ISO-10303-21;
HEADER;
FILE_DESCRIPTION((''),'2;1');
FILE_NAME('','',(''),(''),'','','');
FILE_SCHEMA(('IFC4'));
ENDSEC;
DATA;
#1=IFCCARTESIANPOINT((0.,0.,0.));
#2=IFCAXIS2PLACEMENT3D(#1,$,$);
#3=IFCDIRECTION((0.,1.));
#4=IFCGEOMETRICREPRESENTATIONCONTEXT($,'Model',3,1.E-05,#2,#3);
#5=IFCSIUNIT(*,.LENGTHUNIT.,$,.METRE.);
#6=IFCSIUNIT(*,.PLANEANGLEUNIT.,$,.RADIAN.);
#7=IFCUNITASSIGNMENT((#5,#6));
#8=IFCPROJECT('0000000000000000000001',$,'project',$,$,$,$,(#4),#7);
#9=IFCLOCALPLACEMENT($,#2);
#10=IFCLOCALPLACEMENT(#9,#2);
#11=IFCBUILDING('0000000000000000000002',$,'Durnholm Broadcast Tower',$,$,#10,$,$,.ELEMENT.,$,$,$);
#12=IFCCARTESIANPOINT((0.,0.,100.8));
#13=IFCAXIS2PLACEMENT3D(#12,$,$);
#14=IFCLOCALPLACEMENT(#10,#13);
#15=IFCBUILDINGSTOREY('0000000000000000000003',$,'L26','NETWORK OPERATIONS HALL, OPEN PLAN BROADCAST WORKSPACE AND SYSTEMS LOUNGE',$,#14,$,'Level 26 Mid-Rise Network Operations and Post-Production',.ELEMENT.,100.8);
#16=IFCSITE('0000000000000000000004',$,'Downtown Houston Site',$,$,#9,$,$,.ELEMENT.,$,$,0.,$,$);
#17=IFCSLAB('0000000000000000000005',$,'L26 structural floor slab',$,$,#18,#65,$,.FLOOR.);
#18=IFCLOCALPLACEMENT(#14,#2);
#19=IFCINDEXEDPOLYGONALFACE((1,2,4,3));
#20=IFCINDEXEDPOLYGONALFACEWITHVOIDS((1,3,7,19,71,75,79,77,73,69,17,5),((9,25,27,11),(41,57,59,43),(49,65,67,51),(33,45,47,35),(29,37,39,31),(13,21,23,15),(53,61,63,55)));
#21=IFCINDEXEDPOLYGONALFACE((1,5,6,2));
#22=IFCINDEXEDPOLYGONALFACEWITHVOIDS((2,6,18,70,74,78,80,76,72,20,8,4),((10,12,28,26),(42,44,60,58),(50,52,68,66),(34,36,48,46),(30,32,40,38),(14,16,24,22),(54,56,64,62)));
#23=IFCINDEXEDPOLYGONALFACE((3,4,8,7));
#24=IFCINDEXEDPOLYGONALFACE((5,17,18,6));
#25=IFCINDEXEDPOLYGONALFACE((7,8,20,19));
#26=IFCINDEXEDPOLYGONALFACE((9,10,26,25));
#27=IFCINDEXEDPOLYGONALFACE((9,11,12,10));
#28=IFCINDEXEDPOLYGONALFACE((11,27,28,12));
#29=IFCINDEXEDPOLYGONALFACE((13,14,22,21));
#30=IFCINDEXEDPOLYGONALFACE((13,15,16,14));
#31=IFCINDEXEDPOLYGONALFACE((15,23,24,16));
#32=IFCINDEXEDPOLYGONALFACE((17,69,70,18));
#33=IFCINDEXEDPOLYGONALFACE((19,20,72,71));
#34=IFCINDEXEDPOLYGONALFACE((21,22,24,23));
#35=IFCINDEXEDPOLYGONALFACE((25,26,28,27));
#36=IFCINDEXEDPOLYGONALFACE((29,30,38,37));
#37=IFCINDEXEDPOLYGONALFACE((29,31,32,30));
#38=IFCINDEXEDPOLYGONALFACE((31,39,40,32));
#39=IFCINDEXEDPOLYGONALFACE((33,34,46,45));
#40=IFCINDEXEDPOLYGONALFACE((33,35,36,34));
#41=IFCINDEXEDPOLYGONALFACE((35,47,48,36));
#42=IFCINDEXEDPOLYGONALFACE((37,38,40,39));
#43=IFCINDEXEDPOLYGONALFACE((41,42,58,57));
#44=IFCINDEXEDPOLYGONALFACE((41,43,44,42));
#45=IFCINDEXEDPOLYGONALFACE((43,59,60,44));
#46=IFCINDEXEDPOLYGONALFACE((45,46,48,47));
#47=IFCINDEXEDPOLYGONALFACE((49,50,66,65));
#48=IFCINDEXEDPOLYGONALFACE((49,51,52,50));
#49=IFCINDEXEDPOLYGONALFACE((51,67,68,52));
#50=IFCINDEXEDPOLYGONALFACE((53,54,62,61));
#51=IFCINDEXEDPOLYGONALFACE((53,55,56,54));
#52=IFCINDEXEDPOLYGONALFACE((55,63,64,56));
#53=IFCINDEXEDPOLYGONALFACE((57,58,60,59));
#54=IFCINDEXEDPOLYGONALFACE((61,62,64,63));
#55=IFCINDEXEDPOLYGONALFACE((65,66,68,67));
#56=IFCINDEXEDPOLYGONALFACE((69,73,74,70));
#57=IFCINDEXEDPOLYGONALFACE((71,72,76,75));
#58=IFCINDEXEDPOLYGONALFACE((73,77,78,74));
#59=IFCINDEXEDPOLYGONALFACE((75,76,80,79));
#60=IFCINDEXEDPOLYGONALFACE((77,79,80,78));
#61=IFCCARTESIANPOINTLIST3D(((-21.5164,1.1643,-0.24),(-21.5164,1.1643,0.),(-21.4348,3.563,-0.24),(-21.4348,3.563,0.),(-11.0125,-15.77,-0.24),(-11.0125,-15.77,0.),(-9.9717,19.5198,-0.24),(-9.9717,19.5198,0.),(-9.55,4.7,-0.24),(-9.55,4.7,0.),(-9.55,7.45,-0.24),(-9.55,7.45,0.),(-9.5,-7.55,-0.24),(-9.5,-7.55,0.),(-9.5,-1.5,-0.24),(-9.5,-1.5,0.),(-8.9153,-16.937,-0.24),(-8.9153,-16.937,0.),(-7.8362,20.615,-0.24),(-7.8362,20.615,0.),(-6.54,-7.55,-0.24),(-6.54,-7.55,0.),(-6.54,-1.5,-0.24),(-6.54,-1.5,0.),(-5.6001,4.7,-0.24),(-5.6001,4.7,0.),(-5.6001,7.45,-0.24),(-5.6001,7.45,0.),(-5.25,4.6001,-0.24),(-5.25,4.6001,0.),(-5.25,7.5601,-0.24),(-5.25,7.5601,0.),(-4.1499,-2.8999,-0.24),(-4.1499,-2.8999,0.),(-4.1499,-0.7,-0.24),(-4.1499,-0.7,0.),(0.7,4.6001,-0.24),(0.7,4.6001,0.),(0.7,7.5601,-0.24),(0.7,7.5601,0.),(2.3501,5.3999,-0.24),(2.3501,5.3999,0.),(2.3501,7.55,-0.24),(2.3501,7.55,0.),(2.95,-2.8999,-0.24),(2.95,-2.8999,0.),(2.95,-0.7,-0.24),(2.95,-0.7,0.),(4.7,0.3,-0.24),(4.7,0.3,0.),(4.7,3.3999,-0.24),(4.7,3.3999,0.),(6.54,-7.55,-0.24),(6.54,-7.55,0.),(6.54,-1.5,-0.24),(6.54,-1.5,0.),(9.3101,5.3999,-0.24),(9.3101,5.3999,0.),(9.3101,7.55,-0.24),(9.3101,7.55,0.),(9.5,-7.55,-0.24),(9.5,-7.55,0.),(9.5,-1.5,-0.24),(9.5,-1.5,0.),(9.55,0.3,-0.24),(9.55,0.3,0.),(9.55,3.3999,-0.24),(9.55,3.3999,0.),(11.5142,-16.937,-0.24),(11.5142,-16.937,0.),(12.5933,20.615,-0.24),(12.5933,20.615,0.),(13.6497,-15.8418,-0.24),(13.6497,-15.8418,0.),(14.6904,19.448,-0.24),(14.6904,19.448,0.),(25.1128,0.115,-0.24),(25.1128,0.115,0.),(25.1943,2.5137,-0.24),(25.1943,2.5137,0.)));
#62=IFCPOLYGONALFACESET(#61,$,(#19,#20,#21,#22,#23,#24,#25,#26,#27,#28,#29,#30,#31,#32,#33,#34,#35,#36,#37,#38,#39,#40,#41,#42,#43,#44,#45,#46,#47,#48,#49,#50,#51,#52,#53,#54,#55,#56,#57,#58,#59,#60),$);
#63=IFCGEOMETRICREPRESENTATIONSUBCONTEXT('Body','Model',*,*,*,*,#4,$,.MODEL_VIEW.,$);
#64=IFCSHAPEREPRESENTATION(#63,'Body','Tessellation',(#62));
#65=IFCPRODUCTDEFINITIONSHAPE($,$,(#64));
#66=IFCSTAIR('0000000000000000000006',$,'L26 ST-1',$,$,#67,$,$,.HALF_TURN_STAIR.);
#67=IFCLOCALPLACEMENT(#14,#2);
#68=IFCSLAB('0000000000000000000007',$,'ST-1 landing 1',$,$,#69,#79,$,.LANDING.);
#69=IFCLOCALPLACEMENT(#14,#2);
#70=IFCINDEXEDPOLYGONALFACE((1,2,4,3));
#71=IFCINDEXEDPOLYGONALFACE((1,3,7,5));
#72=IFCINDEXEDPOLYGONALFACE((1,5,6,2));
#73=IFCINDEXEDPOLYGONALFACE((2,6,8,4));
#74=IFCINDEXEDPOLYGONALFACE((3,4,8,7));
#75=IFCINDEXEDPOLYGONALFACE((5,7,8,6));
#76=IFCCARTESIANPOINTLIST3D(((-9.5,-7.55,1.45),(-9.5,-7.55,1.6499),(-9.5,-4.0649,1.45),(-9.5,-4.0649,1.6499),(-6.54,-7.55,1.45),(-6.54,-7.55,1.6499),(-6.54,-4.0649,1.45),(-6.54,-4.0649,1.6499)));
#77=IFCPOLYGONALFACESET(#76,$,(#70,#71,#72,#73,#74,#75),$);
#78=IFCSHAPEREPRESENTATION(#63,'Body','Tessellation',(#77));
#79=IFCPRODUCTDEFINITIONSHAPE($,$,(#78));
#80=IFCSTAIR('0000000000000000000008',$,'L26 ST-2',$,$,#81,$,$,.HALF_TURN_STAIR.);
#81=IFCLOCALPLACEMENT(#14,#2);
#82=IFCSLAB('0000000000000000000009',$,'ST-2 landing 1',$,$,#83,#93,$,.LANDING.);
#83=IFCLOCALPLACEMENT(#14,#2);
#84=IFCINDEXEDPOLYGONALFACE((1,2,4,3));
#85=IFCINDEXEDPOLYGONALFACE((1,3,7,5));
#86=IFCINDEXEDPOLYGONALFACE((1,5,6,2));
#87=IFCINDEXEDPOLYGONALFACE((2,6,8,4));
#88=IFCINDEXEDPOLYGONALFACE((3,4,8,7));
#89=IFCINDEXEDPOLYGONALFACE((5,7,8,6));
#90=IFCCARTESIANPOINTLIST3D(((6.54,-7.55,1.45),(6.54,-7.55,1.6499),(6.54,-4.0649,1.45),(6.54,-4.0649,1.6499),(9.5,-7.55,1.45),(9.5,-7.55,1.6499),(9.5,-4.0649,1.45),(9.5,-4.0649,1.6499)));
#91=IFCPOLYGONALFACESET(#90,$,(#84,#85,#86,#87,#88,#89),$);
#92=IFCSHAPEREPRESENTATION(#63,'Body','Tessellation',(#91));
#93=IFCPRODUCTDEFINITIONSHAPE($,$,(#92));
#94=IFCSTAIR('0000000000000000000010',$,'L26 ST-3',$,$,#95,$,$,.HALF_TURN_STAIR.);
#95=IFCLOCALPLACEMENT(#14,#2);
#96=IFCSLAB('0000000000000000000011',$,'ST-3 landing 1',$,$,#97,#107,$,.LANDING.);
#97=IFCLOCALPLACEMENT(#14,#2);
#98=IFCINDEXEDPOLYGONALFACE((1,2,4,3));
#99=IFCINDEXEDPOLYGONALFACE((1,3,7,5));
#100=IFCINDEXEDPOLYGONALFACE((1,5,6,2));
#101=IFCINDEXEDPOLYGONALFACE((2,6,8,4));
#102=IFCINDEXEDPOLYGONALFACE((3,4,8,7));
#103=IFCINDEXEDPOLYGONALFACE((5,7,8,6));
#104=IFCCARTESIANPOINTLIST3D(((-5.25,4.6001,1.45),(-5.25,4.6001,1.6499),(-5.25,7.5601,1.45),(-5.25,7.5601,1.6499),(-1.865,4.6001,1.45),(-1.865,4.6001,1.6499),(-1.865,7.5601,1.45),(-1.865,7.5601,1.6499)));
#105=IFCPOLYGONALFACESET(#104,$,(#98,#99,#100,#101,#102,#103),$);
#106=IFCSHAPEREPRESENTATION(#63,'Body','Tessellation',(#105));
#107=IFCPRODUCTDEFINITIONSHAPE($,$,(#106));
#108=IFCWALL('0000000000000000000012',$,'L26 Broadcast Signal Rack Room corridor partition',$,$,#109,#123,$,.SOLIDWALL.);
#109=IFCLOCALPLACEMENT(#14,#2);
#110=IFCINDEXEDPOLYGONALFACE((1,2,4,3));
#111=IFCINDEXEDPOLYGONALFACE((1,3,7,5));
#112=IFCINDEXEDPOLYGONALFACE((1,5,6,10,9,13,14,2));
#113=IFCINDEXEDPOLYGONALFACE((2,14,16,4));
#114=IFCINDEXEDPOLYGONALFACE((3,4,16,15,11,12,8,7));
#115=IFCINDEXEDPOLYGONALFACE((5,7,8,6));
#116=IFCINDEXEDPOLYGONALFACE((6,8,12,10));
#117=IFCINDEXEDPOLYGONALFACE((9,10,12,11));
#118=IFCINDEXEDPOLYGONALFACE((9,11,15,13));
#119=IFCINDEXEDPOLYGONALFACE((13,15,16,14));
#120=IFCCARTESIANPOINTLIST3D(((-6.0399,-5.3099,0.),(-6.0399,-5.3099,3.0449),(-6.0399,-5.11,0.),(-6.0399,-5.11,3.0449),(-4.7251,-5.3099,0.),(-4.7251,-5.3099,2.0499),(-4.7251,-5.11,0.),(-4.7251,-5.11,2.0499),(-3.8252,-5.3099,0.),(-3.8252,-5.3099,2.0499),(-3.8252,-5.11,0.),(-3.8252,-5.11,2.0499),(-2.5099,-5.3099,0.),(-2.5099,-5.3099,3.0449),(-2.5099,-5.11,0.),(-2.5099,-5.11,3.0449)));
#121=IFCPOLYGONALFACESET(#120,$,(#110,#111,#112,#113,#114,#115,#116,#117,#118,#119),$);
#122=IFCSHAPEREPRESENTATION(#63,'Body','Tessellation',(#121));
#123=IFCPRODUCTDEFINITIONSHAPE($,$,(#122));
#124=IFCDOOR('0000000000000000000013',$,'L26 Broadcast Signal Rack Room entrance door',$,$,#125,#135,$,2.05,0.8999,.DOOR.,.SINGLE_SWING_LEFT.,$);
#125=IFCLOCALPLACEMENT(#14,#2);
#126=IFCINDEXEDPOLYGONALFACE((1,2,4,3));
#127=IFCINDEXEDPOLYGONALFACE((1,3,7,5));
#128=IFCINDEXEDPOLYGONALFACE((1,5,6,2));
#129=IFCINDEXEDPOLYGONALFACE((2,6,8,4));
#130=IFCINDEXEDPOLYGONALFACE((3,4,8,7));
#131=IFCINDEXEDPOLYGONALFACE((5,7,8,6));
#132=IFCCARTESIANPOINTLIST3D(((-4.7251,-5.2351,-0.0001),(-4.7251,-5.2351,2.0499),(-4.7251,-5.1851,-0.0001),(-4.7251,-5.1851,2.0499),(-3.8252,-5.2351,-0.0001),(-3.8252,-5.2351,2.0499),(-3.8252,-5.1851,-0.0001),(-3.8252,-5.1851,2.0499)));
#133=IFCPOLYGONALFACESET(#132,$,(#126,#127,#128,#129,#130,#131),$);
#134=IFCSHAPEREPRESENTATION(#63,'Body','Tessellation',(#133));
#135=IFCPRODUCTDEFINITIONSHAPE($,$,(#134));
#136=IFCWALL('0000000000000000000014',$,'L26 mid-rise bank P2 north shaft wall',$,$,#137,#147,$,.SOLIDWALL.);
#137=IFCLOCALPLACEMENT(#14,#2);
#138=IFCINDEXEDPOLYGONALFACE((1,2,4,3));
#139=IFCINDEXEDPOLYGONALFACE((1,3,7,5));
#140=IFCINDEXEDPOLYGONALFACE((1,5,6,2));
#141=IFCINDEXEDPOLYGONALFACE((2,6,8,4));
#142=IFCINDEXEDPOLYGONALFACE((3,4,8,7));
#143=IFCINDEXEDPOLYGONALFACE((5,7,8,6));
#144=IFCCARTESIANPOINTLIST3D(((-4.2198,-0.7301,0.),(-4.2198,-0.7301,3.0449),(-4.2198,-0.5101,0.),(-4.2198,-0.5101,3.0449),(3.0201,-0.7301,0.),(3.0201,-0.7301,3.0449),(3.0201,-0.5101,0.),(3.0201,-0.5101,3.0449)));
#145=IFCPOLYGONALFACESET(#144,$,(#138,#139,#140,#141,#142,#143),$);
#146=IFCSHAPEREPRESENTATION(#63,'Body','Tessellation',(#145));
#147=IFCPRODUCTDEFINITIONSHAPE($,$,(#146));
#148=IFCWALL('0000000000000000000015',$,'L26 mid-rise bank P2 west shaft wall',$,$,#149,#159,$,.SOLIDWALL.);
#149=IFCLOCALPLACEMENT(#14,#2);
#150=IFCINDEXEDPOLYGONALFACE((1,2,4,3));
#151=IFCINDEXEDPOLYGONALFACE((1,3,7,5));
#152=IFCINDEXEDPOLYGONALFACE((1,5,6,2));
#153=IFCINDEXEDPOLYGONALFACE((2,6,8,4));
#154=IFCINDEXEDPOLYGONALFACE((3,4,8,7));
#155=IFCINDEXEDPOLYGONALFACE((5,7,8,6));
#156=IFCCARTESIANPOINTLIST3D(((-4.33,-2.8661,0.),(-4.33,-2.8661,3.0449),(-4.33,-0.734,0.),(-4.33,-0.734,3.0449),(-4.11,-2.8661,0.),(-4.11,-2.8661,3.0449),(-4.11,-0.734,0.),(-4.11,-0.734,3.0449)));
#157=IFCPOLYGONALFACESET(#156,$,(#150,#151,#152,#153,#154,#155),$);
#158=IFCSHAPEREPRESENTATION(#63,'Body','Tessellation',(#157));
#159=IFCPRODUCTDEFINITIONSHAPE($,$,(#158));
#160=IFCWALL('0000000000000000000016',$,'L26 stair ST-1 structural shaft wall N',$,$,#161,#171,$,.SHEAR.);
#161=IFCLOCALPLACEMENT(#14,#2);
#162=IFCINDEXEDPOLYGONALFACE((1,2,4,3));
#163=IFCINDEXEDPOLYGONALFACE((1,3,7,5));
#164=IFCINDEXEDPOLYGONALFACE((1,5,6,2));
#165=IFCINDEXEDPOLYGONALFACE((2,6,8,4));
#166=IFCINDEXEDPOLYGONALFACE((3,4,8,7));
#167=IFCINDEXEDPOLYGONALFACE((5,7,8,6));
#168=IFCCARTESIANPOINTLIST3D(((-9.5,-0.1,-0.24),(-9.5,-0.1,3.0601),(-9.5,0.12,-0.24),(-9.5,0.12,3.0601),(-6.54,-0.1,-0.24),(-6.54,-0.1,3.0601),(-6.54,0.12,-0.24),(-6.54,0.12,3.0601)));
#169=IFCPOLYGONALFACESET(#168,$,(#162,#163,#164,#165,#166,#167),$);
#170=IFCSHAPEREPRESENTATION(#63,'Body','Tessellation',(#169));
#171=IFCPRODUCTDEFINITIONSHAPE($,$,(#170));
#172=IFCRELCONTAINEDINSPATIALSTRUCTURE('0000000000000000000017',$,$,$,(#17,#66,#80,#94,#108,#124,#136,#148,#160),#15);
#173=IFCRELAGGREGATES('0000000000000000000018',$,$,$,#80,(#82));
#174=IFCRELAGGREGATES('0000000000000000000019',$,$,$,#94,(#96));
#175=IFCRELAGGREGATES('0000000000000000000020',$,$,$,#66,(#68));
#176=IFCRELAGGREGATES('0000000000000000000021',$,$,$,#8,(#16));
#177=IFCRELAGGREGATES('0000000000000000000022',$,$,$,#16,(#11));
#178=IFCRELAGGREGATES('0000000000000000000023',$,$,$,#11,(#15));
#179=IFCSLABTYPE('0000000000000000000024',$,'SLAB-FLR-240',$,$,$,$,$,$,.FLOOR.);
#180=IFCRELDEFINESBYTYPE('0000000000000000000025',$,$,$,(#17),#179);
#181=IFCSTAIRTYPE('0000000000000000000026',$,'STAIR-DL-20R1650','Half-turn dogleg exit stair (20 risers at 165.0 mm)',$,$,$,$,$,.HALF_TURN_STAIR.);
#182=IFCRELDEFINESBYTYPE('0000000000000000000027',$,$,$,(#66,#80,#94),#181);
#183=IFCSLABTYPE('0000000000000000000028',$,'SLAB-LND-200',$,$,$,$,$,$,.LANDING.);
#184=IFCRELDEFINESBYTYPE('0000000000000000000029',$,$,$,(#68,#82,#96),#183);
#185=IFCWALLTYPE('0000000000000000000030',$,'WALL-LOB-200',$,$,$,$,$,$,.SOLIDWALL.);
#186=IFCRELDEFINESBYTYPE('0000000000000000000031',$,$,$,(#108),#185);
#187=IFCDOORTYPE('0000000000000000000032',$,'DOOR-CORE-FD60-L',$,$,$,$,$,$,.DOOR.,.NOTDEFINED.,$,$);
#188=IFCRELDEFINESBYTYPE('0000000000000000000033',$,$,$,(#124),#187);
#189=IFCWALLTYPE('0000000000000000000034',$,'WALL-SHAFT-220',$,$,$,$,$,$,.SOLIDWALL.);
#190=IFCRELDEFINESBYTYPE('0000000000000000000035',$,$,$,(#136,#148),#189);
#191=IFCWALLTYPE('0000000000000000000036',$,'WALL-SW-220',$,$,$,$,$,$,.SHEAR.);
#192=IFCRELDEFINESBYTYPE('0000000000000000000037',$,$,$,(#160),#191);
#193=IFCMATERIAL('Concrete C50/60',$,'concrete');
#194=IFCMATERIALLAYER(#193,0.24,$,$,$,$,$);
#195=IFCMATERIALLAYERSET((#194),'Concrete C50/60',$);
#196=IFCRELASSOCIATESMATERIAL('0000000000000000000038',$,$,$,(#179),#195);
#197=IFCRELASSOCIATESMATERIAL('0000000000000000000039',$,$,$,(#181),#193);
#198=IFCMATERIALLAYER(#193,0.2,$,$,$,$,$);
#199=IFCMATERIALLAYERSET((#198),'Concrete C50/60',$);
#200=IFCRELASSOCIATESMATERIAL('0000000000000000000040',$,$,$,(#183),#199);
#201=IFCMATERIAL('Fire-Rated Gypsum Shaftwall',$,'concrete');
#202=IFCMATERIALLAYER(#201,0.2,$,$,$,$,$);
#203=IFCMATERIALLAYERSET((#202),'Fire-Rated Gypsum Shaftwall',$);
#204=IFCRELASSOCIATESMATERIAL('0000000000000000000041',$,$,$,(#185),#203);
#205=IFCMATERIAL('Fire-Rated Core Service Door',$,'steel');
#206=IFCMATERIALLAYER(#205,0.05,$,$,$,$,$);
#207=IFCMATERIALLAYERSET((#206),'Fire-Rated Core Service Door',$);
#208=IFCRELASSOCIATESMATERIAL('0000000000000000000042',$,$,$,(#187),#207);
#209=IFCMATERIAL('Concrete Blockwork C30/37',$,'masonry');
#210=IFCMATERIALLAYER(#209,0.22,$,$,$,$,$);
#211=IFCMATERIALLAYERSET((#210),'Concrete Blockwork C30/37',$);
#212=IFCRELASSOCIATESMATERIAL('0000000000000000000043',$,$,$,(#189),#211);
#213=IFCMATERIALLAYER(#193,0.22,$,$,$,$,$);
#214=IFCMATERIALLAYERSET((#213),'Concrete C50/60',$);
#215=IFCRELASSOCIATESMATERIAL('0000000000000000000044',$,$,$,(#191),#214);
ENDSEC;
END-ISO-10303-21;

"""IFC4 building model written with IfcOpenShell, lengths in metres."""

from ifc_helpers import new_model, si_unit, direction, frame, frame_2d, origin, place, context, subcontext, project, spatial, polyline, rectangle, outline, extrude, source, transform, mapped, material, layer, layer_set, type_object, type_shapes, element, fill, aggregate, save


model = new_model("IFC4")

# Units and contexts
model_context = context("Model", 3, precision=1e-05, world=origin(), true_north=direction((0.0, 1.0)))
body_context = subcontext(model_context, "Body", "Model", "MODEL_VIEW")
ifc_project = project(units=[si_unit("LENGTHUNIT", "METRE"), si_unit("PLANEANGLEUNIT", "RADIAN")], contexts=[model_context])

# Site, building, storey
site_placement = place(None, origin())
site = spatial("IfcSite", under=ifc_project, at=site_placement, Name="Downtown Houston Site", CompositionType="ELEMENT", RefElevation=0.0)
building_placement = place(site_placement, origin())
building = spatial("IfcBuilding", under=site, at=building_placement, Name="Durnholm Broadcast Tower", CompositionType="ELEMENT")
storey_placement = place(building_placement, frame((0.0, 0.0, 100.8)))
storey = spatial("IfcBuildingStorey", under=building, at=storey_placement, Name="L26", Description="NETWORK OPERATIONS HALL, OPEN PLAN BROADCAST WORKSPACE AND SYSTEMS LOUNGE", LongName="Level 26 Mid-Rise Network Operations and Post-Production", CompositionType="ELEMENT", Elevation=100.8)

# Slab
ifc_material_1 = material(Name="Concrete C50/60", Category="concrete")
ifc_layer_1 = layer(ifc_material_1, 0.24)
ifc_layer_set_1 = layer_set([ifc_layer_1], Name="Concrete C50/60")
slab_type_1 = type_object("IfcSlabType", Name="SLAB-FLR-240", PredefinedType="FLOOR", material=ifc_layer_set_1)
slab_1_placement = place(storey_placement, frame((0.0, 0.0, -0.24)))
element("IfcSlab", 1, at=slab_1_placement, inside=storey, type_object=slab_type_1, Name="L26 structural floor slab", PredefinedType="FLOOR", context=body_context, shape_type="SweptSolid", body=[
    extrude(outline(polyline([(-11.0125, -15.77), (-8.9153, -16.937), (11.5142, -16.937), (13.6497, -15.8418), (25.1128, 0.115), (25.1943, 2.5137), (14.6904, 19.448), (12.5933, 20.615), (-7.8362, 20.615), (-9.9717, 19.5198), (-21.4348, 3.563), (-21.5164, 1.1643), (-11.0125, -15.77)]), holes=[polyline([(-6.54, -1.5), (-9.5, -1.5), (-9.5, -7.55), (-6.54, -7.55), (-6.54, -1.5)]), polyline([(9.5, -7.55), (9.5, -1.5), (6.54, -1.5), (6.54, -7.55), (9.5, -7.55)]), polyline([(2.95, -0.7), (-4.1499, -0.7), (-4.1499, -2.8999), (2.95, -2.8999), (2.95, -0.7)]), polyline([(9.55, 3.3999), (4.7, 3.3999), (4.7, 0.3), (9.55, 0.3), (9.55, 3.3999)]), polyline([(-5.6001, 7.45), (-9.55, 7.45), (-9.55, 4.7), (-5.6001, 4.7), (-5.6001, 7.45)]), polyline([(-5.25, 4.6001), (0.7, 4.6001), (0.7, 7.5601), (-5.25, 7.5601), (-5.25, 4.6001)]), polyline([(9.3101, 7.55), (2.3501, 7.55), (2.3501, 5.3999), (9.3101, 5.3999), (9.3101, 7.55)])]), origin(), (0.0, 0.0, 1.0), 0.24),
])

# Stairs, slabs
stair_type = type_object("IfcStairType", Name="STAIR-DL-20R1650", Description="Half-turn dogleg exit stair (20 risers at 165.0 mm)", PredefinedType="HALF_TURN_STAIR", material=ifc_material_1)
stair_1_placement = place(storey_placement, origin())
stair_1 = element("IfcStair", 2, at=stair_1_placement, inside=storey, type_object=stair_type, Name="L26 ST-1", PredefinedType="HALF_TURN_STAIR")
ifc_layer_2 = layer(ifc_material_1, 0.2)
ifc_layer_set_2 = layer_set([ifc_layer_2], Name="Concrete C50/60")
slab_type_2 = type_object("IfcSlabType", Name="SLAB-LND-200", PredefinedType="LANDING", material=ifc_layer_set_2)
slab_2_placement = place(storey_placement, frame((0.0, 0.0, 1.45)))
slab_2 = element("IfcSlab", 3, at=slab_2_placement, type_object=slab_type_2, Name="ST-1 landing 1", PredefinedType="LANDING", context=body_context, shape_type="SweptSolid", body=[
    extrude(outline(polyline([(-9.5, -4.0649), (-9.5, -7.55), (-6.54, -7.55), (-6.54, -4.0649), (-9.5, -4.0649)])), origin(), (0.0, 0.0, 1.0), 0.2),
])
stair_2_placement = place(storey_placement, origin())
stair_2 = element("IfcStair", 4, at=stair_2_placement, inside=storey, type_object=stair_type, Name="L26 ST-2", PredefinedType="HALF_TURN_STAIR")
slab_3_placement = place(storey_placement, frame((0.0, 0.0, 1.45)))
slab_3 = element("IfcSlab", 5, at=slab_3_placement, type_object=slab_type_2, Name="ST-2 landing 1", PredefinedType="LANDING", context=body_context, shape_type="SweptSolid", body=[
    extrude(outline(polyline([(6.54, -4.0649), (6.54, -7.55), (9.5, -7.55), (9.5, -4.0649), (6.54, -4.0649)])), origin(), (0.0, 0.0, 1.0), 0.2),
])
aggregate(stair_2, [slab_3])
stair_3_placement = place(storey_placement, origin())
stair_3 = element("IfcStair", 6, at=stair_3_placement, inside=storey, type_object=stair_type, Name="L26 ST-3", PredefinedType="HALF_TURN_STAIR")
slab_4_placement = place(storey_placement, frame((0.0, 0.0, 1.45)))
slab_4 = element("IfcSlab", 7, at=slab_4_placement, type_object=slab_type_2, Name="ST-3 landing 1", PredefinedType="LANDING", context=body_context, shape_type="SweptSolid", body=[
    extrude(outline(polyline([(-1.865, 7.5601), (-5.25, 7.5601), (-5.25, 4.6001), (-1.865, 4.6001), (-1.865, 7.5601)])), origin(), (0.0, 0.0, 1.0), 0.2),
])
aggregate(stair_3, [slab_4])

# Wall, opening, door
ifc_material_2 = material(Name="Fire-Rated Gypsum Shaftwall", Category="concrete")
ifc_layer_3 = layer(ifc_material_2, 0.2)
ifc_layer_set_3 = layer_set([ifc_layer_3], Name="Fire-Rated Gypsum Shaftwall")
wall_type_1 = type_object("IfcWallType", Name="WALL-LOB-200", PredefinedType="SOLIDWALL", material=ifc_layer_set_3)
wall_1_placement = place(storey_placement, frame((-6.04, -5.21, 0.0), z_axis=(0.0, 0.0, 1.0), x_axis=(1.0, 0.0, 0.0)))
wall_1 = element("IfcWall", 8, at=wall_1_placement, inside=storey, type_object=wall_type_1, Name="L26 Broadcast Signal Rack Room corridor partition", PredefinedType="SOLIDWALL", context=body_context, shape_type="SweptSolid", body=[
    extrude(rectangle(XDim=3.53, YDim=0.2, at=frame_2d((1.7651, 0.0))), origin(), (0.0, 0.0, 1.0), 3.0449),
])
opening_1_placement = place(wall_1_placement, frame((1.3149, 0.0, 0.0)))
opening_1 = element("IfcOpeningElement", 9, at=opening_1_placement, cuts=wall_1, PredefinedType="OPENING", context=body_context, shape_type="SweptSolid", body=[
    extrude(rectangle(XDim=0.8999, YDim=2.05, at=frame_2d((0.45, 1.0249))), frame((0.0, 0.1099, 0.0), z_axis=(0.0, -1.0, 0.0), x_axis=(1.0, 0.0, 0.0)), (0.0, 0.0, 1.0), 0.22),
])
ifc_material_3 = material(Name="Fire-Rated Core Service Door", Category="steel")
ifc_layer_4 = layer(ifc_material_3, 0.05)
ifc_layer_set_4 = layer_set([ifc_layer_4], Name="Fire-Rated Core Service Door")
door_type_1 = type_object("IfcDoorType", Name="DOOR-CORE-FD60-L", OperationType="NOTDEFINED", PredefinedType="DOOR", material=ifc_layer_set_4)
shared_shape_1 = source(origin(), body_context, "Body", "SweptSolid", [
    extrude(rectangle(XDim=0.8999, YDim=2.05, at=frame_2d((0.45, 1.0249))), frame((0.0, 0.0249, 0.0), z_axis=(0.0, -1.0, 0.0), x_axis=(1.0, 0.0, 0.0)), (0.0, 0.0, 1.0), 0.05),
])
type_shapes(door_type_1, [shared_shape_1])
door_1_placement = place(opening_1_placement, origin())
door_1 = element("IfcDoor", 10, at=door_1_placement, inside=storey, type_object=door_type_1, Name="L26 Broadcast Signal Rack Room entrance door", OperationType="SINGLE_SWING_LEFT", OverallHeight=2.05, OverallWidth=0.8999, PredefinedType="DOOR", context=body_context, shape_type="MappedRepresentation", body=[
    mapped(shared_shape_1, transform((0.0, 0.0, 0.0), x_axis=(1.0, 0.0, 0.0), y_axis=(0.0, 1.0, 0.0), z_axis=(0.0, 0.0, 1.0), scale=1.0)),
])
fill(opening_1, door_1)

# Shared definitions
ifc_material_4 = material(Name="Concrete Blockwork C30/37", Category="masonry")
ifc_layer_5 = layer(ifc_material_4, 0.22)
ifc_layer_set_5 = layer_set([ifc_layer_5], Name="Concrete Blockwork C30/37")
wall_type_2 = type_object("IfcWallType", Name="WALL-SHAFT-220", PredefinedType="SOLIDWALL", material=ifc_layer_set_5)

# Walls
wall_2_placement = place(storey_placement, frame((-4.22, -0.6201, 0.0), z_axis=(0.0, 0.0, 1.0), x_axis=(1.0, 0.0, 0.0)))
element("IfcWall", 11, at=wall_2_placement, inside=storey, type_object=wall_type_2, Name="L26 mid-rise bank P2 north shaft wall", PredefinedType="SOLIDWALL", context=body_context, shape_type="SweptSolid", body=[
    extrude(rectangle(XDim=7.24, YDim=0.22, at=frame_2d((3.6201, 0.0))), origin(), (0.0, 0.0, 1.0), 3.0449),
])
wall_3_placement = place(storey_placement, frame((-4.22, -2.866, 0.0), z_axis=(0.0, 0.0, 1.0), x_axis=(0.0, 1.0, 0.0)))
element("IfcWall", 12, at=wall_3_placement, inside=storey, type_object=wall_type_2, Name="L26 mid-rise bank P2 west shaft wall", PredefinedType="SOLIDWALL", context=body_context, shape_type="SweptSolid", body=[
    extrude(rectangle(XDim=2.1321, YDim=0.22, at=frame_2d((1.0659, 0.0))), origin(), (0.0, 0.0, 1.0), 3.0449),
])
ifc_layer_6 = layer(ifc_material_1, 0.22)
ifc_layer_set_6 = layer_set([ifc_layer_6], Name="Concrete C50/60")
wall_type_3 = type_object("IfcWallType", Name="WALL-SW-220", PredefinedType="SHEAR", material=ifc_layer_set_6)
wall_4_placement = place(storey_placement, frame((-6.54, 0.01, -0.24), z_axis=(0.0, 0.0, 1.0), x_axis=(-1.0, 0.0, 0.0)))
element("IfcWall", 13, at=wall_4_placement, inside=storey, type_object=wall_type_3, Name="L26 stair ST-1 structural shaft wall N", PredefinedType="SHEAR", context=body_context, shape_type="SweptSolid", body=[
    extrude(rectangle(XDim=2.96, YDim=0.22, at=frame_2d((1.48, 0.0))), origin(), (0.0, 0.0, 1.0), 3.3),
])

aggregate(stair_1, [slab_2])

save(model, "model.ifc")
